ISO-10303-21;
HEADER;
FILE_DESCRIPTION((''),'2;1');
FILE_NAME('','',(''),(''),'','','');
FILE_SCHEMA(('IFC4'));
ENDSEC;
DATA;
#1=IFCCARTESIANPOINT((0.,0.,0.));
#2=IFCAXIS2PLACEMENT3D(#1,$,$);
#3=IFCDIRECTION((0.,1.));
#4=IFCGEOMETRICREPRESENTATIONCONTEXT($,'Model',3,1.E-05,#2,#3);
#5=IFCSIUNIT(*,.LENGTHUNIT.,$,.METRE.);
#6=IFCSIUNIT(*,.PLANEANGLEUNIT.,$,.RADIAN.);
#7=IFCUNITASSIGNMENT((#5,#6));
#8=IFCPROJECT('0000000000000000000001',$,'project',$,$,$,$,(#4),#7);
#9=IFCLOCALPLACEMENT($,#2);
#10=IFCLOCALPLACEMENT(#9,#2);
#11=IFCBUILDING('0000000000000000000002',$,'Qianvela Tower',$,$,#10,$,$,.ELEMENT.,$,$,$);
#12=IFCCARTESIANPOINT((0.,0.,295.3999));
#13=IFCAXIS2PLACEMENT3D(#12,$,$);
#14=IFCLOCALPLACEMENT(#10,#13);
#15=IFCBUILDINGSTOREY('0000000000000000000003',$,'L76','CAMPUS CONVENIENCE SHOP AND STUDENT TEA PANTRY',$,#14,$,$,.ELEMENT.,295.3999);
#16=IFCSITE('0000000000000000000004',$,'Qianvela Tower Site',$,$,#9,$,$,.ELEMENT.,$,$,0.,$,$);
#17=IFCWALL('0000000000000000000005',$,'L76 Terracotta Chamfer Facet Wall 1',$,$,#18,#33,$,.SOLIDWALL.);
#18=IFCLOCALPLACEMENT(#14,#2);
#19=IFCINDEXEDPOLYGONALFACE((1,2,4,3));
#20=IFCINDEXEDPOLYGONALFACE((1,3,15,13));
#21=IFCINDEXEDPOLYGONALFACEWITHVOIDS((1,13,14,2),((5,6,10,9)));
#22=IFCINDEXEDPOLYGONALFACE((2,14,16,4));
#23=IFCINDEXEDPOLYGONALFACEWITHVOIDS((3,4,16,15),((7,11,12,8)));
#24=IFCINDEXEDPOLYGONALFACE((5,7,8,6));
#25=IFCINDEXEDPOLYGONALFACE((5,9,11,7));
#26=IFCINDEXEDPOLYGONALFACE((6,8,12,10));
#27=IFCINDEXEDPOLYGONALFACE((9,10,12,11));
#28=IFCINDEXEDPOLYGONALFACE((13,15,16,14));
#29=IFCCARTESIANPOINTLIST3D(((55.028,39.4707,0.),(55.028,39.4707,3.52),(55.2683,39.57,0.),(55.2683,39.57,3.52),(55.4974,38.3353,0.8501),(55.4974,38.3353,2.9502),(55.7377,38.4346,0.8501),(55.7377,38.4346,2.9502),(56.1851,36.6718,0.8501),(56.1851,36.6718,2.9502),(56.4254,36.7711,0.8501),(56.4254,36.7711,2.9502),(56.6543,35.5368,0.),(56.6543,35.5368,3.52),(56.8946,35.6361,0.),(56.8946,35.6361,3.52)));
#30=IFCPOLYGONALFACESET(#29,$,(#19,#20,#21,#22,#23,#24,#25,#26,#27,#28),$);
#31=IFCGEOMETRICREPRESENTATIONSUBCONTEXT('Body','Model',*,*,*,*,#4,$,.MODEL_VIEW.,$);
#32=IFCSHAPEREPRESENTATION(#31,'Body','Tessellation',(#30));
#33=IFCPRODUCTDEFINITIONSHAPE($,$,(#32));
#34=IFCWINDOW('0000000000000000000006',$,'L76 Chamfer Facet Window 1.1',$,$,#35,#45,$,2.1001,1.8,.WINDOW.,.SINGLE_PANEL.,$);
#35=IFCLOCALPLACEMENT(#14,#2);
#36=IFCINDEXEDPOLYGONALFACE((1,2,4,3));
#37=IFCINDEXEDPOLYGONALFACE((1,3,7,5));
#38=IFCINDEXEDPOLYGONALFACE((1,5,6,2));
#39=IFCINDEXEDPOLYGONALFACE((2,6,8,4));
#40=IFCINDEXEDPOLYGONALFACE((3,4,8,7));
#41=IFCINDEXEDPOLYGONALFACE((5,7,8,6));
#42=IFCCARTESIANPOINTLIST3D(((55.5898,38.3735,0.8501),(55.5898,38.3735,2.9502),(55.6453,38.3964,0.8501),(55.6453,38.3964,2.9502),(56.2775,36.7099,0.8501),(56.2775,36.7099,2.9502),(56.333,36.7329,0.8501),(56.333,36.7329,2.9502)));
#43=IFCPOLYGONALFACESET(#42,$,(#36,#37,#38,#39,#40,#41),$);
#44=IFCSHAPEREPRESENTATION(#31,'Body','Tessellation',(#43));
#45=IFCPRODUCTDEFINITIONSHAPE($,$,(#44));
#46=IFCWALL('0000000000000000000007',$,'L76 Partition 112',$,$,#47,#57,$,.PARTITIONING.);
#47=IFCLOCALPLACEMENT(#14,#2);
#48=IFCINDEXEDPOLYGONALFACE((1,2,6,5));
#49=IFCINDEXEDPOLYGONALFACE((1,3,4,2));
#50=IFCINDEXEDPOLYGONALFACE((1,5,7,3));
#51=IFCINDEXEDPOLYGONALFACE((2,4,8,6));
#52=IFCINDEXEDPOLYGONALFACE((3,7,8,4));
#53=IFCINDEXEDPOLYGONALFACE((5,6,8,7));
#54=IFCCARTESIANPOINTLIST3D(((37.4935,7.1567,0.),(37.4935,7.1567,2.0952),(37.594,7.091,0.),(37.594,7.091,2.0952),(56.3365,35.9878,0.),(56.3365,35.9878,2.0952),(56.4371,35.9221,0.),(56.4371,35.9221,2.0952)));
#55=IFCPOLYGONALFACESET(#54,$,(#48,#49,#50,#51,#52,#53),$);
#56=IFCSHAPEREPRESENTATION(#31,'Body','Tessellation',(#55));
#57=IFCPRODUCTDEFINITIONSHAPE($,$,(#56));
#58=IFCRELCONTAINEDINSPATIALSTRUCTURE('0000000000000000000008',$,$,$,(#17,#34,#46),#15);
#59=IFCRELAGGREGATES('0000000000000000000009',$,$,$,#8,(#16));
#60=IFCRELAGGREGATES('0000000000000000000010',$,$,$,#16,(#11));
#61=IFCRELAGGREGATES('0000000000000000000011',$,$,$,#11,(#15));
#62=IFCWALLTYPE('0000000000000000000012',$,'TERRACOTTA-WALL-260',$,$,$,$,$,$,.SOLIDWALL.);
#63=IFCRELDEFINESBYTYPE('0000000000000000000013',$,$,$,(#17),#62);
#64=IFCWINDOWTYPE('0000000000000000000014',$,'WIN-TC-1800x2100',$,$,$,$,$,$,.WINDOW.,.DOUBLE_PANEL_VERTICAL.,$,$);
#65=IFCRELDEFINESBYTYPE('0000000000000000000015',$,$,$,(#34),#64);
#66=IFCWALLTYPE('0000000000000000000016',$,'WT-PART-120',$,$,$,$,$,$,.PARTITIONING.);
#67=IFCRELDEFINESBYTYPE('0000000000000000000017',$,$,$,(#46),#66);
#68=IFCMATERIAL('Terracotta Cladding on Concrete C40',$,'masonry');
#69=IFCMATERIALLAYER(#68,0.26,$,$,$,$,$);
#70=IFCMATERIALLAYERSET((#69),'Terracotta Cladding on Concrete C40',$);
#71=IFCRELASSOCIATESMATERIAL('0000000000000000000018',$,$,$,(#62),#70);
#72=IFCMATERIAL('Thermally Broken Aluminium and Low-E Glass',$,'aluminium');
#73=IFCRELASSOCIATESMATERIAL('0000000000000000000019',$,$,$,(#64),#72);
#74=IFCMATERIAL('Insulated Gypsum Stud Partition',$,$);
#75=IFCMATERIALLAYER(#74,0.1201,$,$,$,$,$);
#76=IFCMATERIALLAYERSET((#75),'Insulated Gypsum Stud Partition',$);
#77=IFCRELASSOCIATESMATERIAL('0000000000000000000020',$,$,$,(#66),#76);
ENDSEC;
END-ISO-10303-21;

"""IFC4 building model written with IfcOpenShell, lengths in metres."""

from ifc_helpers import new_model, si_unit, direction, frame, frame_2d, origin, place, context, subcontext, project, spatial, rectangle, extrude, material, layer, layer_set, type_object, element, fill, save


model = new_model("IFC4")

# Units and contexts
model_context = context("Model", 3, precision=1e-05, world=origin(), true_north=direction((0.0, 1.0)))
body_context = subcontext(model_context, "Body", "Model", "MODEL_VIEW")
ifc_project = project(units=[si_unit("LENGTHUNIT", "METRE"), si_unit("PLANEANGLEUNIT", "RADIAN")], contexts=[model_context])

# Site, building, storey
site_placement = place(None, origin())
site = spatial("IfcSite", under=ifc_project, at=site_placement, Name="Qianvela Tower Site", CompositionType="ELEMENT", RefElevation=0.0)
building_placement = place(site_placement, origin())
building = spatial("IfcBuilding", under=site, at=building_placement, Name="Qianvela Tower", CompositionType="ELEMENT")
storey_placement = place(building_placement, frame((0.0, 0.0, 295.3999)))
storey = spatial("IfcBuildingStorey", under=building, at=storey_placement, Name="L76", Description="CAMPUS CONVENIENCE SHOP AND STUDENT TEA PANTRY", CompositionType="ELEMENT", Elevation=295.3999)

# Wall, opening, window
ifc_material_1 = material(Name="Terracotta Cladding on Concrete C40", Category="masonry")
ifc_layer_1 = layer(ifc_material_1, 0.26)
ifc_layer_set_1 = layer_set([ifc_layer_1], Name="Terracotta Cladding on Concrete C40")
wall_type_1 = type_object("IfcWallType", Name="TERRACOTTA-WALL-260", PredefinedType="SOLIDWALL", material=ifc_layer_set_1)
wall_1_placement = place(storey_placement, frame((56.7744, 35.5864, 0.0), z_axis=(0.0, 0.0, 1.0), x_axis=(-0.382036, 0.924147, 0.0)))
wall_1 = element("IfcWall", 1, at=wall_1_placement, inside=storey, type_object=wall_type_1, Name="L76 Terracotta Chamfer Facet Wall 1", PredefinedType="SOLIDWALL", context=body_context, shape_type="SweptSolid", body=[
    extrude(rectangle(XDim=4.2568, YDim=0.26, at=frame_2d((2.1284, 0.0))), origin(), (0.0, 0.0, 1.0), 3.52),
])
opening_placement = place(wall_1_placement, frame((1.2283, 0.0, 0.8501)))
opening = element("IfcOpeningElement", 2, at=opening_placement, cuts=wall_1, PredefinedType="OPENING", context=body_context, shape_type="SweptSolid", body=[
    extrude(rectangle(XDim=1.8, YDim=2.1001, at=frame_2d((0.8999, 1.05))), frame((0.0, 0.1399, 0.0), z_axis=(0.0, -1.0, 0.0), x_axis=(1.0, 0.0, 0.0)), (0.0, 0.0, 1.0), 0.28),
])
ifc_material_2 = material(Name="Thermally Broken Aluminium and Low-E Glass", Category="aluminium")
window_type = type_object("IfcWindowType", Name="WIN-TC-1800x2100", PartitioningType="DOUBLE_PANEL_VERTICAL", PredefinedType="WINDOW", material=ifc_material_2)
window_placement = place(opening_placement, origin())
window = element("IfcWindow", 3, at=window_placement, inside=storey, type_object=window_type, Name="L76 Chamfer Facet Window 1.1", OverallHeight=2.1001, OverallWidth=1.8, PartitioningType="SINGLE_PANEL", PredefinedType="WINDOW", context=body_context, shape_type="SweptSolid", body=[
    extrude(rectangle(XDim=1.8, YDim=2.1001, at=frame_2d((0.8999, 1.05))), frame((0.0, 0.03, 0.0), z_axis=(0.0, -1.0, 0.0), x_axis=(1.0, 0.0, 0.0)), (0.0, 0.0, 1.0), 0.0601),
])
fill(opening, window)

# Wall
ifc_material_3 = material(Name="Insulated Gypsum Stud Partition")
ifc_layer_2 = layer(ifc_material_3, 0.1201)
ifc_layer_set_2 = layer_set([ifc_layer_2], Name="Insulated Gypsum Stud Partition")
wall_type_2 = type_object("IfcWallType", Name="WT-PART-120", PredefinedType="PARTITIONING", material=ifc_layer_set_2)
wall_2_placement = place(storey_placement, frame((56.3867, 35.9548, 0.0), z_axis=(0.0, 0.0, 1.0), x_axis=(-0.547085, -0.837077, 0.0)))
element("IfcWall", 4, at=wall_2_placement, inside=storey, type_object=wall_type_2, Name="L76 Partition 112", PredefinedType="PARTITIONING", context=body_context, shape_type="SweptSolid", body=[
    extrude(rectangle(XDim=34.4426, YDim=0.1201, at=frame_2d((17.2212, 0.0))), origin(), (0.0, 0.0, 1.0), 2.0952),
])

save(model, "model.ifc")
